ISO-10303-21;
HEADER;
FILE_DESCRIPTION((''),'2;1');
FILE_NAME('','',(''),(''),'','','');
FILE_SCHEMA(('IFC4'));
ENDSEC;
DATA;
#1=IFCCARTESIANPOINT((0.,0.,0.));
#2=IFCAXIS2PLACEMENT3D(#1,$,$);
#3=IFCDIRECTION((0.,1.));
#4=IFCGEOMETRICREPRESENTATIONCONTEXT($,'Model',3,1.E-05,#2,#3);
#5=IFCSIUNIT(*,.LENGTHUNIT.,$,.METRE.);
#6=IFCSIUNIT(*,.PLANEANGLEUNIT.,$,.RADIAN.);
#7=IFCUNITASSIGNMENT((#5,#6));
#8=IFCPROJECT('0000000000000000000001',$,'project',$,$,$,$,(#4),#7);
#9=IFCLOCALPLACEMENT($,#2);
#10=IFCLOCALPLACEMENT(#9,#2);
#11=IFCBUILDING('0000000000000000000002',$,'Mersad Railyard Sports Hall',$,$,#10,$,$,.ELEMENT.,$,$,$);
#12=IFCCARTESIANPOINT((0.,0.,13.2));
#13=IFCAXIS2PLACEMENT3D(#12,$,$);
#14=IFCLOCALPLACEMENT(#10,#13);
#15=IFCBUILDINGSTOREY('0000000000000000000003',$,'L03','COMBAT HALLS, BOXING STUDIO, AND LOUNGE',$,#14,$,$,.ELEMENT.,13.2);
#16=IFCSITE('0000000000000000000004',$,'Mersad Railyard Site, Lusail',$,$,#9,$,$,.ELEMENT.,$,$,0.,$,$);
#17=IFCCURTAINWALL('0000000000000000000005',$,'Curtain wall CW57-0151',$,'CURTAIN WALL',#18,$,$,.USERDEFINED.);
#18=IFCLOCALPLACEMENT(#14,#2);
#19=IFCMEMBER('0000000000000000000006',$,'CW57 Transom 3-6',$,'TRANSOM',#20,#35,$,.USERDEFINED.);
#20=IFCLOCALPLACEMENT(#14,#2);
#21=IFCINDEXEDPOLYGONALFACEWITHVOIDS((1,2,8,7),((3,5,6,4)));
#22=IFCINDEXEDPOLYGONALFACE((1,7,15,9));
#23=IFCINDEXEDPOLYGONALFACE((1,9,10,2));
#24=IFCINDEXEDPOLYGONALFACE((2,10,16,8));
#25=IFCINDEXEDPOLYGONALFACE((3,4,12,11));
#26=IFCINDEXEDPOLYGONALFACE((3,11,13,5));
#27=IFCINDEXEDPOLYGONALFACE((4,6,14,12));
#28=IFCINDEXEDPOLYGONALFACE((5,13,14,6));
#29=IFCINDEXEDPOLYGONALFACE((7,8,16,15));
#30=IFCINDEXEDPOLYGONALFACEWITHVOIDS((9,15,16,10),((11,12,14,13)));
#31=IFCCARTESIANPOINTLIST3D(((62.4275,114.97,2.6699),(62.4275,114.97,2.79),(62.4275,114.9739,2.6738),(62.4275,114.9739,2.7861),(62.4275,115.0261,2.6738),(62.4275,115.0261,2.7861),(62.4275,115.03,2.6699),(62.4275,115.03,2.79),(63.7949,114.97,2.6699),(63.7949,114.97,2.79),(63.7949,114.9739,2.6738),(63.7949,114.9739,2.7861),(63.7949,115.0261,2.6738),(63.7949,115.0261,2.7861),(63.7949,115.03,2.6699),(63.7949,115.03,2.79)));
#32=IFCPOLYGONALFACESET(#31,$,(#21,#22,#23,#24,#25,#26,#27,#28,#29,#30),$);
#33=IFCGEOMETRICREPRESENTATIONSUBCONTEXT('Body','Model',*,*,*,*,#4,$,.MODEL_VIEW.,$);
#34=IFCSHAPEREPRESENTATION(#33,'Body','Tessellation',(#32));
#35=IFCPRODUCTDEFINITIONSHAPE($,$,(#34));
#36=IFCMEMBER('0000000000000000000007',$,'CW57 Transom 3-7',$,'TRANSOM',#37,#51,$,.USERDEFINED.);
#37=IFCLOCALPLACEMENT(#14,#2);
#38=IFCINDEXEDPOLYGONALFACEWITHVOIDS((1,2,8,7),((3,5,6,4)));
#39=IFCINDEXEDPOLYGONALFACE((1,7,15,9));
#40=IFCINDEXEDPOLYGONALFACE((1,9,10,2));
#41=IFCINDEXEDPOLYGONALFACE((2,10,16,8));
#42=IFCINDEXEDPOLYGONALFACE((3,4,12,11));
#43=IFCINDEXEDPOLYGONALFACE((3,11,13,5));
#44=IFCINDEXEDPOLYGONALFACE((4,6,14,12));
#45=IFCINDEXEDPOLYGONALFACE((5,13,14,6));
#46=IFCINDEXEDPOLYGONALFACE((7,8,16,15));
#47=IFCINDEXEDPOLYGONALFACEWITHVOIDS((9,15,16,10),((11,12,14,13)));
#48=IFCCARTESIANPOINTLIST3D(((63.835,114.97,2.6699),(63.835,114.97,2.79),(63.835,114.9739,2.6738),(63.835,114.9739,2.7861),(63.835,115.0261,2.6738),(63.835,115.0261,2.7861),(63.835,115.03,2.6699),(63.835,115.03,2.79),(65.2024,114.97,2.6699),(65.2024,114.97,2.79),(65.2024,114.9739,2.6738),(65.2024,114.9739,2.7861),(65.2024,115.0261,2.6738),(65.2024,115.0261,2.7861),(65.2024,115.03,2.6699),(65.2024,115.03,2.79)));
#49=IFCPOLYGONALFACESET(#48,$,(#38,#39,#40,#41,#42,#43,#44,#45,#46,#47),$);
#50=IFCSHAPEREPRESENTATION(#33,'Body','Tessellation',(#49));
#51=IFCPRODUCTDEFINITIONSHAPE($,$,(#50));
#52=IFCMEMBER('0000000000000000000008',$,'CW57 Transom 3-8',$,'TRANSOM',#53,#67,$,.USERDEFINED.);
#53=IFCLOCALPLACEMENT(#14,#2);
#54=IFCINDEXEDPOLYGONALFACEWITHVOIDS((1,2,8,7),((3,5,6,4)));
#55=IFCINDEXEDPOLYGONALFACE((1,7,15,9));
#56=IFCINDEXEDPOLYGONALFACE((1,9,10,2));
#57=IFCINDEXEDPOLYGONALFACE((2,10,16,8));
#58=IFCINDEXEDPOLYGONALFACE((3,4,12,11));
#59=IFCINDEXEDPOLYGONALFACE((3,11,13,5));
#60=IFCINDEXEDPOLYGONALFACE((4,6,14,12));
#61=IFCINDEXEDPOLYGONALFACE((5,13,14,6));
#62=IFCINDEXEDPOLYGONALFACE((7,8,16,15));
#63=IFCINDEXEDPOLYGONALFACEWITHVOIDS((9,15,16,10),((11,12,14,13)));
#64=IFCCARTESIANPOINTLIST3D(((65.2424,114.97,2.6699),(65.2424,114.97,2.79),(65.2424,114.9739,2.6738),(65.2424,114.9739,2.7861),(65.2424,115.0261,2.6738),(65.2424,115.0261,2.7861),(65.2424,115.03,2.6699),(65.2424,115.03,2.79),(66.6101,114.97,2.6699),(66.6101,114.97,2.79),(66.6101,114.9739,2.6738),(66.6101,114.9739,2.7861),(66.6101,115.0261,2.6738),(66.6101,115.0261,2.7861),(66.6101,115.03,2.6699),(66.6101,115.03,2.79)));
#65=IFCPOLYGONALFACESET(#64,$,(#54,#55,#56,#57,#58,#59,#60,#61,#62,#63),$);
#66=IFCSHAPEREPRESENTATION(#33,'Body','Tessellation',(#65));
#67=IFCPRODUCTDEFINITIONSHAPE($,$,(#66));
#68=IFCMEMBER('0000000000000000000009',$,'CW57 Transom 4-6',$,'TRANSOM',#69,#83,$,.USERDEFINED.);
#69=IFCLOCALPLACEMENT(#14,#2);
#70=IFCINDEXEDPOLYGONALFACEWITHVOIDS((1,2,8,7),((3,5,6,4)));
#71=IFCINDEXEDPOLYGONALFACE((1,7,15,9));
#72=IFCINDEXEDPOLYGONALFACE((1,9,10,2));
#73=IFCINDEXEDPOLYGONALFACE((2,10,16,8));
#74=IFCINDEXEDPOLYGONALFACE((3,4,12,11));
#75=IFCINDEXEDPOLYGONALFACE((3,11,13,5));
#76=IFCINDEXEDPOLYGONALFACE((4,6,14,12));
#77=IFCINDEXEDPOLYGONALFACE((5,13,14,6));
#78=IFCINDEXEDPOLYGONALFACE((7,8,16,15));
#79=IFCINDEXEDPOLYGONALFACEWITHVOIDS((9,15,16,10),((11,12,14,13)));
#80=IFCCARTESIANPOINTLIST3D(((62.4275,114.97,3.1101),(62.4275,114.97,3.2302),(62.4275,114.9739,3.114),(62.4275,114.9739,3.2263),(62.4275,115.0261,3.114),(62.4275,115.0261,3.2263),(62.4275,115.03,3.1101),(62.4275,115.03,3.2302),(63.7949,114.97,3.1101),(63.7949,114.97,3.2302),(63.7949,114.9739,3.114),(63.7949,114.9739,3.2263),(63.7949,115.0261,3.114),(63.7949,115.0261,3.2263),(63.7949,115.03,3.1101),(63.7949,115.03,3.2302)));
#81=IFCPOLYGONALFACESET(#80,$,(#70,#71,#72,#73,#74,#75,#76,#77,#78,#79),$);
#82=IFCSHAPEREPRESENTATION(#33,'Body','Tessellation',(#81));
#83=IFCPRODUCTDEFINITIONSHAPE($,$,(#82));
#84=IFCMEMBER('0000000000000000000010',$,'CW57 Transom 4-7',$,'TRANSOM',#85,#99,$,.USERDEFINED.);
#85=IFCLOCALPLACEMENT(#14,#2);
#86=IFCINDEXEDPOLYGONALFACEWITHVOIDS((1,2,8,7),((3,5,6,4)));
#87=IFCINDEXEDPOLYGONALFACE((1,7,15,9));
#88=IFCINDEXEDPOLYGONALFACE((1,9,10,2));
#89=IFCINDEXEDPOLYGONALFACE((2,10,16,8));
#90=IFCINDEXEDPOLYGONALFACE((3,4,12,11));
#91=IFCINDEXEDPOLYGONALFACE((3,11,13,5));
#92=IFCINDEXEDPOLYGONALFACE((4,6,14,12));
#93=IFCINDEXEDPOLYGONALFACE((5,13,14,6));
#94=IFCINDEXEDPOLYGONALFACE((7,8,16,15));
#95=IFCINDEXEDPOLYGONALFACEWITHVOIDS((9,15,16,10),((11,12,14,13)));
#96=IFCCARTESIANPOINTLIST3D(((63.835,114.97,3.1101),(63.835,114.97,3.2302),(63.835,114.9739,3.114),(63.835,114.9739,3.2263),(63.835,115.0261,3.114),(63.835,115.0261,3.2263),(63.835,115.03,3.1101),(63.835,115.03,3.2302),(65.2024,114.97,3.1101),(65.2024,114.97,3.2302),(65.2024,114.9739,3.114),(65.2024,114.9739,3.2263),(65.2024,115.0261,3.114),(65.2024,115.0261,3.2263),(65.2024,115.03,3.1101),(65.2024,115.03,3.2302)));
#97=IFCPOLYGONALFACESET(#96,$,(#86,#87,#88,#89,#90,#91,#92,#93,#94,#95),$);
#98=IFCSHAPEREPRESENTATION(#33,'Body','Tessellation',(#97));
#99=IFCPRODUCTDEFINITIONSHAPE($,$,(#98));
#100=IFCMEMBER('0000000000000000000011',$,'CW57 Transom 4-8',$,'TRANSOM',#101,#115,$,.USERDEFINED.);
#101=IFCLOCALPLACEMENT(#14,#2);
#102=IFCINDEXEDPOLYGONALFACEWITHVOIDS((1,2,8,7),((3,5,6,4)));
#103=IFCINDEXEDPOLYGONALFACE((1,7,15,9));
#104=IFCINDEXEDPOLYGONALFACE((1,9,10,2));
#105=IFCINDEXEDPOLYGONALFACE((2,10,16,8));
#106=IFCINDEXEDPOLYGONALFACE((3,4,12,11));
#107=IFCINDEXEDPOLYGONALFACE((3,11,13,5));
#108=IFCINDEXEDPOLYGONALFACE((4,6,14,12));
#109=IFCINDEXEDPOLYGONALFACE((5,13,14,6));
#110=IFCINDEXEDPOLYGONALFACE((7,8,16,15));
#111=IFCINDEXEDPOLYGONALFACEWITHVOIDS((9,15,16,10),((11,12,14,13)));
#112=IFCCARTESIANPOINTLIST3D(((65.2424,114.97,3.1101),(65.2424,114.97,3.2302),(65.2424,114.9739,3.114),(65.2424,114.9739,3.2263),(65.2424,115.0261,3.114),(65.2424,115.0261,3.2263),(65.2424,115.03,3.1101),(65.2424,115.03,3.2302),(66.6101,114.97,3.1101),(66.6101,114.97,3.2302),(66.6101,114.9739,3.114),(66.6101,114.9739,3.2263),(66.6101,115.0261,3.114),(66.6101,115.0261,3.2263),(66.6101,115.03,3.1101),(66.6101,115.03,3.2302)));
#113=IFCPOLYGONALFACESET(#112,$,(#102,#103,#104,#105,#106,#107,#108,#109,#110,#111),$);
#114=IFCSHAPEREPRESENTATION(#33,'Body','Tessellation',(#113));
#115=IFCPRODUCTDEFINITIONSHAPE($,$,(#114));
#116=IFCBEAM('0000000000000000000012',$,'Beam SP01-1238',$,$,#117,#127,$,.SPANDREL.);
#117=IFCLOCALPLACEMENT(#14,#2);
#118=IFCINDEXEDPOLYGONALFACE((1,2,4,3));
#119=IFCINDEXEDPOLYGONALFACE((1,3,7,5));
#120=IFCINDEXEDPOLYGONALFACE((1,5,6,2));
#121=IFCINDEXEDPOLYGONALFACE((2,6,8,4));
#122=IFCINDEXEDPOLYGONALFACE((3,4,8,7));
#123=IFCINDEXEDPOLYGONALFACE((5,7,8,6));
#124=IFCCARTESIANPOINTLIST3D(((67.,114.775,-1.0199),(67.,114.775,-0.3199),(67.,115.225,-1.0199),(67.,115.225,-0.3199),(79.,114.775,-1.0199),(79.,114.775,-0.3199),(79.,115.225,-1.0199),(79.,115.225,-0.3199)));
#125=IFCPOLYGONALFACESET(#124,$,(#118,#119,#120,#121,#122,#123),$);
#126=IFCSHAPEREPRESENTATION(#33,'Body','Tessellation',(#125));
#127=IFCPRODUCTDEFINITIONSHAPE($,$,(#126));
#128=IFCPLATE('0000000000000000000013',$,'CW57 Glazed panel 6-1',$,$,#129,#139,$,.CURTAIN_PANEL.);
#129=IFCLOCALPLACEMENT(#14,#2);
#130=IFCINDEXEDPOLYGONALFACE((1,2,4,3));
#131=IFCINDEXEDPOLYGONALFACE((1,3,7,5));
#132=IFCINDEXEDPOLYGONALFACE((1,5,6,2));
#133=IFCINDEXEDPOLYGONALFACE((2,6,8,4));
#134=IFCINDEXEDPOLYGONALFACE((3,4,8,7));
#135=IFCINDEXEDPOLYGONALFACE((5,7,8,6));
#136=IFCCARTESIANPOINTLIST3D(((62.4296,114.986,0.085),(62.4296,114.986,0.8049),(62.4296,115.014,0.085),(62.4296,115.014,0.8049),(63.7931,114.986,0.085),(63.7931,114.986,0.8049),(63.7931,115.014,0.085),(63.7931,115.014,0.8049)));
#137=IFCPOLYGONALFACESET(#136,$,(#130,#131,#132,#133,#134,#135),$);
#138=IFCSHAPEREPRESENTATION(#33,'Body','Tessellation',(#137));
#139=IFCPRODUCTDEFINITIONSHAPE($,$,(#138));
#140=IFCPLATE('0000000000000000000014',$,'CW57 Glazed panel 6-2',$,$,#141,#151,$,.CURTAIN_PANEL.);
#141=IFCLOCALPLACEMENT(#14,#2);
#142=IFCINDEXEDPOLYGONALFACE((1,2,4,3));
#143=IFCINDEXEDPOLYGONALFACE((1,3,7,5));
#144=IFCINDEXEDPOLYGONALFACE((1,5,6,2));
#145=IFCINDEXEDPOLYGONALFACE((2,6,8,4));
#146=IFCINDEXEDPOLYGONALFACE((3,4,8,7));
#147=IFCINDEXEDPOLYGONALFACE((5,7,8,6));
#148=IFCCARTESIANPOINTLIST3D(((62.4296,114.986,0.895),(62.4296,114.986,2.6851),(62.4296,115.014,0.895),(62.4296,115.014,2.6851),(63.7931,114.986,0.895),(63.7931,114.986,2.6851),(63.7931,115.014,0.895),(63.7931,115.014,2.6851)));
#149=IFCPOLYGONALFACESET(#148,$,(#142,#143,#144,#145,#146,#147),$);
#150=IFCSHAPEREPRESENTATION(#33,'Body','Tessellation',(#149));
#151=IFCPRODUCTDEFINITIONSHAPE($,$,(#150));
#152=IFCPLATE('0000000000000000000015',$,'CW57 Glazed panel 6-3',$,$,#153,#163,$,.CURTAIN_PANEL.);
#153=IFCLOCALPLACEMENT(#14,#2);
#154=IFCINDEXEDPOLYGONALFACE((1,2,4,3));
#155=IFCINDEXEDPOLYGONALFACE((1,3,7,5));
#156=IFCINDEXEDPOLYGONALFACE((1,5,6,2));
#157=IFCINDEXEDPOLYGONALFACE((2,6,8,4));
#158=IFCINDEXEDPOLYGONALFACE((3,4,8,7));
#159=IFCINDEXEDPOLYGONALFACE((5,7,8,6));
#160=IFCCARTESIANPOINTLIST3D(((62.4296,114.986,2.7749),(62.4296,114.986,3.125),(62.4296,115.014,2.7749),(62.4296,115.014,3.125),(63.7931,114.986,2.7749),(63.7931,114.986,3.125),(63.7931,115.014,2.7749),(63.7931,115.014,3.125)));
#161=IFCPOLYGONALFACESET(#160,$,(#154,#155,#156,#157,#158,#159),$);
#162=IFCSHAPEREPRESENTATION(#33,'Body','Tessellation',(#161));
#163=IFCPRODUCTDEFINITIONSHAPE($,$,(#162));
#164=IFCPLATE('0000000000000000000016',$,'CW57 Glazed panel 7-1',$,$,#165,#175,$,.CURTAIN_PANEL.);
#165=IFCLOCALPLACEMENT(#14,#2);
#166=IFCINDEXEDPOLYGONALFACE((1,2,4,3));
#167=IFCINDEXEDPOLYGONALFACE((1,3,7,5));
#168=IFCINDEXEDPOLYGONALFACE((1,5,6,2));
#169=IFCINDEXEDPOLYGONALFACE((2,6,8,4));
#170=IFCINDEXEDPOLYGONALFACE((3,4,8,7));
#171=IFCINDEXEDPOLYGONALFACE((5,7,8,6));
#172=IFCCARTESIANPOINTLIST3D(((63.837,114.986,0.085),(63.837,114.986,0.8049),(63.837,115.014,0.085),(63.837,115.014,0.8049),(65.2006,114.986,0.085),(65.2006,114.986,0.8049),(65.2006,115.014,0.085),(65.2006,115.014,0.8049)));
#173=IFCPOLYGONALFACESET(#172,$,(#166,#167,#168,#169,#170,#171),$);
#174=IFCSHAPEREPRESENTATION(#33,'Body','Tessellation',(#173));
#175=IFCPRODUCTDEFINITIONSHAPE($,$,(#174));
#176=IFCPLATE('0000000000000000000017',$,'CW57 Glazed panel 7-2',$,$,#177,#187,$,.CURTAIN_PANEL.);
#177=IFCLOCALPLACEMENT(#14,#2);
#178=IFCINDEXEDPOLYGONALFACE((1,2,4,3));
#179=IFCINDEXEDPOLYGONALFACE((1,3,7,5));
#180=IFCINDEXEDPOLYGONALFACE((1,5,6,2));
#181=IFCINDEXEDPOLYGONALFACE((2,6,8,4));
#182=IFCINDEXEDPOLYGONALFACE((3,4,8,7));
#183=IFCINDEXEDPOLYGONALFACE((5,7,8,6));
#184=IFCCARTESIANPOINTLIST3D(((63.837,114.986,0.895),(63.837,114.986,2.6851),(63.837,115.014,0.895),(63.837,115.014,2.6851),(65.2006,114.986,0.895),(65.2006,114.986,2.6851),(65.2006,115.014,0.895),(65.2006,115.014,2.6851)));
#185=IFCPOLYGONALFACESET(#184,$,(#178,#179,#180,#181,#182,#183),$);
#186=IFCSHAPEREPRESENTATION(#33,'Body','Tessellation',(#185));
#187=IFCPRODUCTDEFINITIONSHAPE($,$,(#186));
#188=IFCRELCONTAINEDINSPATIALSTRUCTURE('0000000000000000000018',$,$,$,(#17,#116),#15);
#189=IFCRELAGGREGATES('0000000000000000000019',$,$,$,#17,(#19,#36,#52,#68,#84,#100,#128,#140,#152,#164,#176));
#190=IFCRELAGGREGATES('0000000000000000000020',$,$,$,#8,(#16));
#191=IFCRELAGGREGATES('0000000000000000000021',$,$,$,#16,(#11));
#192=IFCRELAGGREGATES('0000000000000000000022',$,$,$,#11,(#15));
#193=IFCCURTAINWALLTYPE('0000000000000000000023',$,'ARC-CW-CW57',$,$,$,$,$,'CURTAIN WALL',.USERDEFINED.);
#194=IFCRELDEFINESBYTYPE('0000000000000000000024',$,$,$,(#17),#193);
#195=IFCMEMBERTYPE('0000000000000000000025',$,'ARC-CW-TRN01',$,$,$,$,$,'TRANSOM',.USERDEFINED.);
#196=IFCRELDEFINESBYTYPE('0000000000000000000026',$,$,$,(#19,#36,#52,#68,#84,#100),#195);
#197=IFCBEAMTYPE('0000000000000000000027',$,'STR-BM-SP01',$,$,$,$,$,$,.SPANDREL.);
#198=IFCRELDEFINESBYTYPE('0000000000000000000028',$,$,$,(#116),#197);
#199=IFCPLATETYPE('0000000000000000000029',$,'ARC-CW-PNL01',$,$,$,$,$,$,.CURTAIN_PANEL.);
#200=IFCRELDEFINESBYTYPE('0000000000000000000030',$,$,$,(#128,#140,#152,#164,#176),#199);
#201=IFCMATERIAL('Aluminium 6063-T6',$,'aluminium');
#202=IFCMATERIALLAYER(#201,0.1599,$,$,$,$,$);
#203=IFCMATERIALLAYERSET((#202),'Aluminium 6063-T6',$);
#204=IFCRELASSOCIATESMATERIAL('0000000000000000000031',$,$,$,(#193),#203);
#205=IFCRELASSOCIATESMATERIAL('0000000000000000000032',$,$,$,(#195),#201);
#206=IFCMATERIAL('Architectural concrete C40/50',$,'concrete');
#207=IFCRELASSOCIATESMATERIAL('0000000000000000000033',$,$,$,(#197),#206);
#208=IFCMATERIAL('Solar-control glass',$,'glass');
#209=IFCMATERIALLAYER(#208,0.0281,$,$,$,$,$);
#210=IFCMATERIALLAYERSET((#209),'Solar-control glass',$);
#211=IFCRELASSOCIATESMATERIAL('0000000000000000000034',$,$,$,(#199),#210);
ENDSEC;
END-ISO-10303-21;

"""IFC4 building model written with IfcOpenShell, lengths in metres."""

from ifc_helpers import new_model, si_unit, direction, frame, origin, origin_2d, place, context, subcontext, project, spatial, rectangle, hollow_rectangle, extrude, material, layer, layer_set, material_profile, profile_set, type_object, element, aggregate, save


model = new_model("IFC4")

# Units and contexts
model_context = context("Model", 3, precision=1e-05, world=origin(), true_north=direction((0.0, 1.0)))
body_context = subcontext(model_context, "Body", "Model", "MODEL_VIEW")
ifc_project = project(units=[si_unit("LENGTHUNIT", "METRE"), si_unit("PLANEANGLEUNIT", "RADIAN")], contexts=[model_context])

# Site, building, storey
site_placement = place(None, origin())
site = spatial("IfcSite", under=ifc_project, at=site_placement, Name="Mersad Railyard Site, Lusail", CompositionType="ELEMENT", RefElevation=0.0)
building_placement = place(site_placement, origin())
building = spatial("IfcBuilding", under=site, at=building_placement, Name="Mersad Railyard Sports Hall", CompositionType="ELEMENT")
storey_placement = place(building_placement, frame((0.0, 0.0, 13.2)))
storey = spatial("IfcBuildingStorey", under=building, at=storey_placement, Name="L03", Description="COMBAT HALLS, BOXING STUDIO, AND LOUNGE", CompositionType="ELEMENT", Elevation=13.2)

# Shared definitions
ifc_material_1 = material(Name="Architectural concrete C40/50", Category="concrete")

# Curtain wall, members
ifc_material_2 = material(Name="Aluminium 6063-T6", Category="aluminium")
ifc_layer_1 = layer(ifc_material_2, 0.1599)
ifc_layer_set_1 = layer_set([ifc_layer_1], Name="Aluminium 6063-T6")
curtain_wall_type = type_object("IfcCurtainWallType", Name="ARC-CW-CW57", ElementType="CURTAIN WALL", PredefinedType="USERDEFINED", material=ifc_layer_set_1)
curtain_wall_placement = place(storey_placement, origin())
curtain_wall = element("IfcCurtainWall", 1, at=curtain_wall_placement, inside=storey, type_object=curtain_wall_type, Name="Curtain wall CW57-0151", ObjectType="CURTAIN WALL", PredefinedType="USERDEFINED")
ifc_material_profile_1 = material_profile(ifc_material_2, hollow_rectangle(XDim=0.0601, YDim=0.1201, WallThickness=0.0039, at=origin_2d()), Name="AL TRANSOM 60x120x4")
ifc_profile_set_1 = profile_set([ifc_material_profile_1], Name="Aluminium 6063-T6")
member_type_1 = type_object("IfcMemberType", Name="ARC-CW-TRN01", ElementType="TRANSOM", PredefinedType="USERDEFINED", material=ifc_profile_set_1)
member_1_placement = place(storey_placement, frame((62.4275, 115.0, 2.73), z_axis=(1.0, 0.0, 0.0), x_axis=(0.0, 1.0, 0.0)))
member_1 = element("IfcMember", 2, at=member_1_placement, type_object=member_type_1, Name="CW57 Transom 3-6", ObjectType="TRANSOM", PredefinedType="USERDEFINED", context=body_context, shape_type="SweptSolid", body=[
    extrude(hollow_rectangle(XDim=0.0601, YDim=0.1201, WallThickness=0.0039, at=origin_2d()), origin(), (0.0, 0.0, 1.0), 1.3674),
])
member_2_placement = place(storey_placement, frame((63.835, 115.0, 2.73), z_axis=(1.0, 0.0, 0.0), x_axis=(0.0, 1.0, 0.0)))
member_2 = element("IfcMember", 3, at=member_2_placement, type_object=member_type_1, Name="CW57 Transom 3-7", ObjectType="TRANSOM", PredefinedType="USERDEFINED", context=body_context, shape_type="SweptSolid", body=[
    extrude(hollow_rectangle(XDim=0.0601, YDim=0.1201, WallThickness=0.0039, at=origin_2d()), origin(), (0.0, 0.0, 1.0), 1.3674),
])
member_3_placement = place(storey_placement, frame((65.2424, 115.0, 2.73), z_axis=(1.0, 0.0, 0.0), x_axis=(0.0, 1.0, 0.0)))
member_3 = element("IfcMember", 4, at=member_3_placement, type_object=member_type_1, Name="CW57 Transom 3-8", ObjectType="TRANSOM", PredefinedType="USERDEFINED", context=body_context, shape_type="SweptSolid", body=[
    extrude(hollow_rectangle(XDim=0.0601, YDim=0.1201, WallThickness=0.0039, at=origin_2d()), origin(), (0.0, 0.0, 1.0), 1.3677),
])
member_4_placement = place(storey_placement, frame((62.4275, 115.0, 3.1702), z_axis=(1.0, 0.0, 0.0), x_axis=(0.0, 1.0, 0.0)))
member_4 = element("IfcMember", 5, at=member_4_placement, type_object=member_type_1, Name="CW57 Transom 4-6", ObjectType="TRANSOM", PredefinedType="USERDEFINED", context=body_context, shape_type="SweptSolid", body=[
    extrude(hollow_rectangle(XDim=0.0601, YDim=0.1201, WallThickness=0.0039, at=origin_2d()), origin(), (0.0, 0.0, 1.0), 1.3674),
])
member_5_placement = place(storey_placement, frame((63.835, 115.0, 3.1702), z_axis=(1.0, 0.0, 0.0), x_axis=(0.0, 1.0, 0.0)))
member_5 = element("IfcMember", 6, at=member_5_placement, type_object=member_type_1, Name="CW57 Transom 4-7", ObjectType="TRANSOM", PredefinedType="USERDEFINED", context=body_context, shape_type="SweptSolid", body=[
    extrude(hollow_rectangle(XDim=0.0601, YDim=0.1201, WallThickness=0.0039, at=origin_2d()), origin(), (0.0, 0.0, 1.0), 1.3674),
])
member_6_placement = place(storey_placement, frame((65.2424, 115.0, 3.1702), z_axis=(1.0, 0.0, 0.0), x_axis=(0.0, 1.0, 0.0)))
member_6 = element("IfcMember", 7, at=member_6_placement, type_object=member_type_1, Name="CW57 Transom 4-8", ObjectType="TRANSOM", PredefinedType="USERDEFINED", context=body_context, shape_type="SweptSolid", body=[
    extrude(hollow_rectangle(XDim=0.0601, YDim=0.1201, WallThickness=0.0039, at=origin_2d()), origin(), (0.0, 0.0, 1.0), 1.3677),
])

# Beam
ifc_material_profile_2 = material_profile(ifc_material_1, rectangle(XDim=0.45, YDim=0.7, at=origin_2d()), Name="RC 450x700")
ifc_profile_set_2 = profile_set([ifc_material_profile_2], Name="Architectural concrete C40/50")
beam_type = type_object("IfcBeamType", Name="STR-BM-SP01", PredefinedType="SPANDREL", material=ifc_profile_set_2)
beam_placement = place(storey_placement, frame((67.0, 115.0, -0.6699), z_axis=(1.0, 0.0, 0.0), x_axis=(0.0, 1.0, 0.0)))
element("IfcBeam", 8, at=beam_placement, inside=storey, type_object=beam_type, Name="Beam SP01-1238", PredefinedType="SPANDREL", context=body_context, shape_type="SweptSolid", body=[
    extrude(rectangle(XDim=0.45, YDim=0.7, at=origin_2d()), origin(), (0.0, 0.0, 1.0), 12.0),
])

# Plates
ifc_material_3 = material(Name="Solar-control glass", Category="glass")
ifc_layer_2 = layer(ifc_material_3, 0.0281)
ifc_layer_set_2 = layer_set([ifc_layer_2], Name="Solar-control glass")
plate_type = type_object("IfcPlateType", Name="ARC-CW-PNL01", PredefinedType="CURTAIN_PANEL", material=ifc_layer_set_2)
plate_1_placement = place(storey_placement, frame((63.1113, 115.0, 0.085), z_axis=(0.0, 0.0, 1.0), x_axis=(1.0, 0.0, 0.0)))
plate_1 = element("IfcPlate", 9, at=plate_1_placement, type_object=plate_type, Name="CW57 Glazed panel 6-1", PredefinedType="CURTAIN_PANEL", context=body_context, shape_type="SweptSolid", body=[
    extrude(rectangle(XDim=1.3635, YDim=0.0281, at=origin_2d()), origin(), (0.0, 0.0, 1.0), 0.72),
])
plate_2_placement = place(storey_placement, frame((63.1113, 115.0, 0.895), z_axis=(0.0, 0.0, 1.0), x_axis=(1.0, 0.0, 0.0)))
plate_2 = element("IfcPlate", 10, at=plate_2_placement, type_object=plate_type, Name="CW57 Glazed panel 6-2", PredefinedType="CURTAIN_PANEL", context=body_context, shape_type="SweptSolid", body=[
    extrude(rectangle(XDim=1.3635, YDim=0.0281, at=origin_2d()), origin(), (0.0, 0.0, 1.0), 1.79),
])
plate_3_placement = place(storey_placement, frame((63.1113, 115.0, 2.7749), z_axis=(0.0, 0.0, 1.0), x_axis=(1.0, 0.0, 0.0)))
plate_3 = element("IfcPlate", 11, at=plate_3_placement, type_object=plate_type, Name="CW57 Glazed panel 6-3", PredefinedType="CURTAIN_PANEL", context=body_context, shape_type="SweptSolid", body=[
    extrude(rectangle(XDim=1.3635, YDim=0.0281, at=origin_2d()), origin(), (0.0, 0.0, 1.0), 0.3501),
])
plate_4_placement = place(storey_placement, frame((64.5188, 115.0, 0.085), z_axis=(0.0, 0.0, 1.0), x_axis=(1.0, 0.0, 0.0)))
plate_4 = element("IfcPlate", 12, at=plate_4_placement, type_object=plate_type, Name="CW57 Glazed panel 7-1", PredefinedType="CURTAIN_PANEL", context=body_context, shape_type="SweptSolid", body=[
    extrude(rectangle(XDim=1.3635, YDim=0.0281, at=origin_2d()), origin(), (0.0, 0.0, 1.0), 0.72),
])
plate_5_placement = place(storey_placement, frame((64.5188, 115.0, 0.895), z_axis=(0.0, 0.0, 1.0), x_axis=(1.0, 0.0, 0.0)))
plate_5 = element("IfcPlate", 13, at=plate_5_placement, type_object=plate_type, Name="CW57 Glazed panel 7-2", PredefinedType="CURTAIN_PANEL", context=body_context, shape_type="SweptSolid", body=[
    extrude(rectangle(XDim=1.3635, YDim=0.0281, at=origin_2d()), origin(), (0.0, 0.0, 1.0), 1.79),
])
aggregate(curtain_wall, [member_1, member_2, member_3, member_4, member_5, member_6, plate_1, plate_2, plate_3, plate_4, plate_5])

save(model, "model.ifc")
